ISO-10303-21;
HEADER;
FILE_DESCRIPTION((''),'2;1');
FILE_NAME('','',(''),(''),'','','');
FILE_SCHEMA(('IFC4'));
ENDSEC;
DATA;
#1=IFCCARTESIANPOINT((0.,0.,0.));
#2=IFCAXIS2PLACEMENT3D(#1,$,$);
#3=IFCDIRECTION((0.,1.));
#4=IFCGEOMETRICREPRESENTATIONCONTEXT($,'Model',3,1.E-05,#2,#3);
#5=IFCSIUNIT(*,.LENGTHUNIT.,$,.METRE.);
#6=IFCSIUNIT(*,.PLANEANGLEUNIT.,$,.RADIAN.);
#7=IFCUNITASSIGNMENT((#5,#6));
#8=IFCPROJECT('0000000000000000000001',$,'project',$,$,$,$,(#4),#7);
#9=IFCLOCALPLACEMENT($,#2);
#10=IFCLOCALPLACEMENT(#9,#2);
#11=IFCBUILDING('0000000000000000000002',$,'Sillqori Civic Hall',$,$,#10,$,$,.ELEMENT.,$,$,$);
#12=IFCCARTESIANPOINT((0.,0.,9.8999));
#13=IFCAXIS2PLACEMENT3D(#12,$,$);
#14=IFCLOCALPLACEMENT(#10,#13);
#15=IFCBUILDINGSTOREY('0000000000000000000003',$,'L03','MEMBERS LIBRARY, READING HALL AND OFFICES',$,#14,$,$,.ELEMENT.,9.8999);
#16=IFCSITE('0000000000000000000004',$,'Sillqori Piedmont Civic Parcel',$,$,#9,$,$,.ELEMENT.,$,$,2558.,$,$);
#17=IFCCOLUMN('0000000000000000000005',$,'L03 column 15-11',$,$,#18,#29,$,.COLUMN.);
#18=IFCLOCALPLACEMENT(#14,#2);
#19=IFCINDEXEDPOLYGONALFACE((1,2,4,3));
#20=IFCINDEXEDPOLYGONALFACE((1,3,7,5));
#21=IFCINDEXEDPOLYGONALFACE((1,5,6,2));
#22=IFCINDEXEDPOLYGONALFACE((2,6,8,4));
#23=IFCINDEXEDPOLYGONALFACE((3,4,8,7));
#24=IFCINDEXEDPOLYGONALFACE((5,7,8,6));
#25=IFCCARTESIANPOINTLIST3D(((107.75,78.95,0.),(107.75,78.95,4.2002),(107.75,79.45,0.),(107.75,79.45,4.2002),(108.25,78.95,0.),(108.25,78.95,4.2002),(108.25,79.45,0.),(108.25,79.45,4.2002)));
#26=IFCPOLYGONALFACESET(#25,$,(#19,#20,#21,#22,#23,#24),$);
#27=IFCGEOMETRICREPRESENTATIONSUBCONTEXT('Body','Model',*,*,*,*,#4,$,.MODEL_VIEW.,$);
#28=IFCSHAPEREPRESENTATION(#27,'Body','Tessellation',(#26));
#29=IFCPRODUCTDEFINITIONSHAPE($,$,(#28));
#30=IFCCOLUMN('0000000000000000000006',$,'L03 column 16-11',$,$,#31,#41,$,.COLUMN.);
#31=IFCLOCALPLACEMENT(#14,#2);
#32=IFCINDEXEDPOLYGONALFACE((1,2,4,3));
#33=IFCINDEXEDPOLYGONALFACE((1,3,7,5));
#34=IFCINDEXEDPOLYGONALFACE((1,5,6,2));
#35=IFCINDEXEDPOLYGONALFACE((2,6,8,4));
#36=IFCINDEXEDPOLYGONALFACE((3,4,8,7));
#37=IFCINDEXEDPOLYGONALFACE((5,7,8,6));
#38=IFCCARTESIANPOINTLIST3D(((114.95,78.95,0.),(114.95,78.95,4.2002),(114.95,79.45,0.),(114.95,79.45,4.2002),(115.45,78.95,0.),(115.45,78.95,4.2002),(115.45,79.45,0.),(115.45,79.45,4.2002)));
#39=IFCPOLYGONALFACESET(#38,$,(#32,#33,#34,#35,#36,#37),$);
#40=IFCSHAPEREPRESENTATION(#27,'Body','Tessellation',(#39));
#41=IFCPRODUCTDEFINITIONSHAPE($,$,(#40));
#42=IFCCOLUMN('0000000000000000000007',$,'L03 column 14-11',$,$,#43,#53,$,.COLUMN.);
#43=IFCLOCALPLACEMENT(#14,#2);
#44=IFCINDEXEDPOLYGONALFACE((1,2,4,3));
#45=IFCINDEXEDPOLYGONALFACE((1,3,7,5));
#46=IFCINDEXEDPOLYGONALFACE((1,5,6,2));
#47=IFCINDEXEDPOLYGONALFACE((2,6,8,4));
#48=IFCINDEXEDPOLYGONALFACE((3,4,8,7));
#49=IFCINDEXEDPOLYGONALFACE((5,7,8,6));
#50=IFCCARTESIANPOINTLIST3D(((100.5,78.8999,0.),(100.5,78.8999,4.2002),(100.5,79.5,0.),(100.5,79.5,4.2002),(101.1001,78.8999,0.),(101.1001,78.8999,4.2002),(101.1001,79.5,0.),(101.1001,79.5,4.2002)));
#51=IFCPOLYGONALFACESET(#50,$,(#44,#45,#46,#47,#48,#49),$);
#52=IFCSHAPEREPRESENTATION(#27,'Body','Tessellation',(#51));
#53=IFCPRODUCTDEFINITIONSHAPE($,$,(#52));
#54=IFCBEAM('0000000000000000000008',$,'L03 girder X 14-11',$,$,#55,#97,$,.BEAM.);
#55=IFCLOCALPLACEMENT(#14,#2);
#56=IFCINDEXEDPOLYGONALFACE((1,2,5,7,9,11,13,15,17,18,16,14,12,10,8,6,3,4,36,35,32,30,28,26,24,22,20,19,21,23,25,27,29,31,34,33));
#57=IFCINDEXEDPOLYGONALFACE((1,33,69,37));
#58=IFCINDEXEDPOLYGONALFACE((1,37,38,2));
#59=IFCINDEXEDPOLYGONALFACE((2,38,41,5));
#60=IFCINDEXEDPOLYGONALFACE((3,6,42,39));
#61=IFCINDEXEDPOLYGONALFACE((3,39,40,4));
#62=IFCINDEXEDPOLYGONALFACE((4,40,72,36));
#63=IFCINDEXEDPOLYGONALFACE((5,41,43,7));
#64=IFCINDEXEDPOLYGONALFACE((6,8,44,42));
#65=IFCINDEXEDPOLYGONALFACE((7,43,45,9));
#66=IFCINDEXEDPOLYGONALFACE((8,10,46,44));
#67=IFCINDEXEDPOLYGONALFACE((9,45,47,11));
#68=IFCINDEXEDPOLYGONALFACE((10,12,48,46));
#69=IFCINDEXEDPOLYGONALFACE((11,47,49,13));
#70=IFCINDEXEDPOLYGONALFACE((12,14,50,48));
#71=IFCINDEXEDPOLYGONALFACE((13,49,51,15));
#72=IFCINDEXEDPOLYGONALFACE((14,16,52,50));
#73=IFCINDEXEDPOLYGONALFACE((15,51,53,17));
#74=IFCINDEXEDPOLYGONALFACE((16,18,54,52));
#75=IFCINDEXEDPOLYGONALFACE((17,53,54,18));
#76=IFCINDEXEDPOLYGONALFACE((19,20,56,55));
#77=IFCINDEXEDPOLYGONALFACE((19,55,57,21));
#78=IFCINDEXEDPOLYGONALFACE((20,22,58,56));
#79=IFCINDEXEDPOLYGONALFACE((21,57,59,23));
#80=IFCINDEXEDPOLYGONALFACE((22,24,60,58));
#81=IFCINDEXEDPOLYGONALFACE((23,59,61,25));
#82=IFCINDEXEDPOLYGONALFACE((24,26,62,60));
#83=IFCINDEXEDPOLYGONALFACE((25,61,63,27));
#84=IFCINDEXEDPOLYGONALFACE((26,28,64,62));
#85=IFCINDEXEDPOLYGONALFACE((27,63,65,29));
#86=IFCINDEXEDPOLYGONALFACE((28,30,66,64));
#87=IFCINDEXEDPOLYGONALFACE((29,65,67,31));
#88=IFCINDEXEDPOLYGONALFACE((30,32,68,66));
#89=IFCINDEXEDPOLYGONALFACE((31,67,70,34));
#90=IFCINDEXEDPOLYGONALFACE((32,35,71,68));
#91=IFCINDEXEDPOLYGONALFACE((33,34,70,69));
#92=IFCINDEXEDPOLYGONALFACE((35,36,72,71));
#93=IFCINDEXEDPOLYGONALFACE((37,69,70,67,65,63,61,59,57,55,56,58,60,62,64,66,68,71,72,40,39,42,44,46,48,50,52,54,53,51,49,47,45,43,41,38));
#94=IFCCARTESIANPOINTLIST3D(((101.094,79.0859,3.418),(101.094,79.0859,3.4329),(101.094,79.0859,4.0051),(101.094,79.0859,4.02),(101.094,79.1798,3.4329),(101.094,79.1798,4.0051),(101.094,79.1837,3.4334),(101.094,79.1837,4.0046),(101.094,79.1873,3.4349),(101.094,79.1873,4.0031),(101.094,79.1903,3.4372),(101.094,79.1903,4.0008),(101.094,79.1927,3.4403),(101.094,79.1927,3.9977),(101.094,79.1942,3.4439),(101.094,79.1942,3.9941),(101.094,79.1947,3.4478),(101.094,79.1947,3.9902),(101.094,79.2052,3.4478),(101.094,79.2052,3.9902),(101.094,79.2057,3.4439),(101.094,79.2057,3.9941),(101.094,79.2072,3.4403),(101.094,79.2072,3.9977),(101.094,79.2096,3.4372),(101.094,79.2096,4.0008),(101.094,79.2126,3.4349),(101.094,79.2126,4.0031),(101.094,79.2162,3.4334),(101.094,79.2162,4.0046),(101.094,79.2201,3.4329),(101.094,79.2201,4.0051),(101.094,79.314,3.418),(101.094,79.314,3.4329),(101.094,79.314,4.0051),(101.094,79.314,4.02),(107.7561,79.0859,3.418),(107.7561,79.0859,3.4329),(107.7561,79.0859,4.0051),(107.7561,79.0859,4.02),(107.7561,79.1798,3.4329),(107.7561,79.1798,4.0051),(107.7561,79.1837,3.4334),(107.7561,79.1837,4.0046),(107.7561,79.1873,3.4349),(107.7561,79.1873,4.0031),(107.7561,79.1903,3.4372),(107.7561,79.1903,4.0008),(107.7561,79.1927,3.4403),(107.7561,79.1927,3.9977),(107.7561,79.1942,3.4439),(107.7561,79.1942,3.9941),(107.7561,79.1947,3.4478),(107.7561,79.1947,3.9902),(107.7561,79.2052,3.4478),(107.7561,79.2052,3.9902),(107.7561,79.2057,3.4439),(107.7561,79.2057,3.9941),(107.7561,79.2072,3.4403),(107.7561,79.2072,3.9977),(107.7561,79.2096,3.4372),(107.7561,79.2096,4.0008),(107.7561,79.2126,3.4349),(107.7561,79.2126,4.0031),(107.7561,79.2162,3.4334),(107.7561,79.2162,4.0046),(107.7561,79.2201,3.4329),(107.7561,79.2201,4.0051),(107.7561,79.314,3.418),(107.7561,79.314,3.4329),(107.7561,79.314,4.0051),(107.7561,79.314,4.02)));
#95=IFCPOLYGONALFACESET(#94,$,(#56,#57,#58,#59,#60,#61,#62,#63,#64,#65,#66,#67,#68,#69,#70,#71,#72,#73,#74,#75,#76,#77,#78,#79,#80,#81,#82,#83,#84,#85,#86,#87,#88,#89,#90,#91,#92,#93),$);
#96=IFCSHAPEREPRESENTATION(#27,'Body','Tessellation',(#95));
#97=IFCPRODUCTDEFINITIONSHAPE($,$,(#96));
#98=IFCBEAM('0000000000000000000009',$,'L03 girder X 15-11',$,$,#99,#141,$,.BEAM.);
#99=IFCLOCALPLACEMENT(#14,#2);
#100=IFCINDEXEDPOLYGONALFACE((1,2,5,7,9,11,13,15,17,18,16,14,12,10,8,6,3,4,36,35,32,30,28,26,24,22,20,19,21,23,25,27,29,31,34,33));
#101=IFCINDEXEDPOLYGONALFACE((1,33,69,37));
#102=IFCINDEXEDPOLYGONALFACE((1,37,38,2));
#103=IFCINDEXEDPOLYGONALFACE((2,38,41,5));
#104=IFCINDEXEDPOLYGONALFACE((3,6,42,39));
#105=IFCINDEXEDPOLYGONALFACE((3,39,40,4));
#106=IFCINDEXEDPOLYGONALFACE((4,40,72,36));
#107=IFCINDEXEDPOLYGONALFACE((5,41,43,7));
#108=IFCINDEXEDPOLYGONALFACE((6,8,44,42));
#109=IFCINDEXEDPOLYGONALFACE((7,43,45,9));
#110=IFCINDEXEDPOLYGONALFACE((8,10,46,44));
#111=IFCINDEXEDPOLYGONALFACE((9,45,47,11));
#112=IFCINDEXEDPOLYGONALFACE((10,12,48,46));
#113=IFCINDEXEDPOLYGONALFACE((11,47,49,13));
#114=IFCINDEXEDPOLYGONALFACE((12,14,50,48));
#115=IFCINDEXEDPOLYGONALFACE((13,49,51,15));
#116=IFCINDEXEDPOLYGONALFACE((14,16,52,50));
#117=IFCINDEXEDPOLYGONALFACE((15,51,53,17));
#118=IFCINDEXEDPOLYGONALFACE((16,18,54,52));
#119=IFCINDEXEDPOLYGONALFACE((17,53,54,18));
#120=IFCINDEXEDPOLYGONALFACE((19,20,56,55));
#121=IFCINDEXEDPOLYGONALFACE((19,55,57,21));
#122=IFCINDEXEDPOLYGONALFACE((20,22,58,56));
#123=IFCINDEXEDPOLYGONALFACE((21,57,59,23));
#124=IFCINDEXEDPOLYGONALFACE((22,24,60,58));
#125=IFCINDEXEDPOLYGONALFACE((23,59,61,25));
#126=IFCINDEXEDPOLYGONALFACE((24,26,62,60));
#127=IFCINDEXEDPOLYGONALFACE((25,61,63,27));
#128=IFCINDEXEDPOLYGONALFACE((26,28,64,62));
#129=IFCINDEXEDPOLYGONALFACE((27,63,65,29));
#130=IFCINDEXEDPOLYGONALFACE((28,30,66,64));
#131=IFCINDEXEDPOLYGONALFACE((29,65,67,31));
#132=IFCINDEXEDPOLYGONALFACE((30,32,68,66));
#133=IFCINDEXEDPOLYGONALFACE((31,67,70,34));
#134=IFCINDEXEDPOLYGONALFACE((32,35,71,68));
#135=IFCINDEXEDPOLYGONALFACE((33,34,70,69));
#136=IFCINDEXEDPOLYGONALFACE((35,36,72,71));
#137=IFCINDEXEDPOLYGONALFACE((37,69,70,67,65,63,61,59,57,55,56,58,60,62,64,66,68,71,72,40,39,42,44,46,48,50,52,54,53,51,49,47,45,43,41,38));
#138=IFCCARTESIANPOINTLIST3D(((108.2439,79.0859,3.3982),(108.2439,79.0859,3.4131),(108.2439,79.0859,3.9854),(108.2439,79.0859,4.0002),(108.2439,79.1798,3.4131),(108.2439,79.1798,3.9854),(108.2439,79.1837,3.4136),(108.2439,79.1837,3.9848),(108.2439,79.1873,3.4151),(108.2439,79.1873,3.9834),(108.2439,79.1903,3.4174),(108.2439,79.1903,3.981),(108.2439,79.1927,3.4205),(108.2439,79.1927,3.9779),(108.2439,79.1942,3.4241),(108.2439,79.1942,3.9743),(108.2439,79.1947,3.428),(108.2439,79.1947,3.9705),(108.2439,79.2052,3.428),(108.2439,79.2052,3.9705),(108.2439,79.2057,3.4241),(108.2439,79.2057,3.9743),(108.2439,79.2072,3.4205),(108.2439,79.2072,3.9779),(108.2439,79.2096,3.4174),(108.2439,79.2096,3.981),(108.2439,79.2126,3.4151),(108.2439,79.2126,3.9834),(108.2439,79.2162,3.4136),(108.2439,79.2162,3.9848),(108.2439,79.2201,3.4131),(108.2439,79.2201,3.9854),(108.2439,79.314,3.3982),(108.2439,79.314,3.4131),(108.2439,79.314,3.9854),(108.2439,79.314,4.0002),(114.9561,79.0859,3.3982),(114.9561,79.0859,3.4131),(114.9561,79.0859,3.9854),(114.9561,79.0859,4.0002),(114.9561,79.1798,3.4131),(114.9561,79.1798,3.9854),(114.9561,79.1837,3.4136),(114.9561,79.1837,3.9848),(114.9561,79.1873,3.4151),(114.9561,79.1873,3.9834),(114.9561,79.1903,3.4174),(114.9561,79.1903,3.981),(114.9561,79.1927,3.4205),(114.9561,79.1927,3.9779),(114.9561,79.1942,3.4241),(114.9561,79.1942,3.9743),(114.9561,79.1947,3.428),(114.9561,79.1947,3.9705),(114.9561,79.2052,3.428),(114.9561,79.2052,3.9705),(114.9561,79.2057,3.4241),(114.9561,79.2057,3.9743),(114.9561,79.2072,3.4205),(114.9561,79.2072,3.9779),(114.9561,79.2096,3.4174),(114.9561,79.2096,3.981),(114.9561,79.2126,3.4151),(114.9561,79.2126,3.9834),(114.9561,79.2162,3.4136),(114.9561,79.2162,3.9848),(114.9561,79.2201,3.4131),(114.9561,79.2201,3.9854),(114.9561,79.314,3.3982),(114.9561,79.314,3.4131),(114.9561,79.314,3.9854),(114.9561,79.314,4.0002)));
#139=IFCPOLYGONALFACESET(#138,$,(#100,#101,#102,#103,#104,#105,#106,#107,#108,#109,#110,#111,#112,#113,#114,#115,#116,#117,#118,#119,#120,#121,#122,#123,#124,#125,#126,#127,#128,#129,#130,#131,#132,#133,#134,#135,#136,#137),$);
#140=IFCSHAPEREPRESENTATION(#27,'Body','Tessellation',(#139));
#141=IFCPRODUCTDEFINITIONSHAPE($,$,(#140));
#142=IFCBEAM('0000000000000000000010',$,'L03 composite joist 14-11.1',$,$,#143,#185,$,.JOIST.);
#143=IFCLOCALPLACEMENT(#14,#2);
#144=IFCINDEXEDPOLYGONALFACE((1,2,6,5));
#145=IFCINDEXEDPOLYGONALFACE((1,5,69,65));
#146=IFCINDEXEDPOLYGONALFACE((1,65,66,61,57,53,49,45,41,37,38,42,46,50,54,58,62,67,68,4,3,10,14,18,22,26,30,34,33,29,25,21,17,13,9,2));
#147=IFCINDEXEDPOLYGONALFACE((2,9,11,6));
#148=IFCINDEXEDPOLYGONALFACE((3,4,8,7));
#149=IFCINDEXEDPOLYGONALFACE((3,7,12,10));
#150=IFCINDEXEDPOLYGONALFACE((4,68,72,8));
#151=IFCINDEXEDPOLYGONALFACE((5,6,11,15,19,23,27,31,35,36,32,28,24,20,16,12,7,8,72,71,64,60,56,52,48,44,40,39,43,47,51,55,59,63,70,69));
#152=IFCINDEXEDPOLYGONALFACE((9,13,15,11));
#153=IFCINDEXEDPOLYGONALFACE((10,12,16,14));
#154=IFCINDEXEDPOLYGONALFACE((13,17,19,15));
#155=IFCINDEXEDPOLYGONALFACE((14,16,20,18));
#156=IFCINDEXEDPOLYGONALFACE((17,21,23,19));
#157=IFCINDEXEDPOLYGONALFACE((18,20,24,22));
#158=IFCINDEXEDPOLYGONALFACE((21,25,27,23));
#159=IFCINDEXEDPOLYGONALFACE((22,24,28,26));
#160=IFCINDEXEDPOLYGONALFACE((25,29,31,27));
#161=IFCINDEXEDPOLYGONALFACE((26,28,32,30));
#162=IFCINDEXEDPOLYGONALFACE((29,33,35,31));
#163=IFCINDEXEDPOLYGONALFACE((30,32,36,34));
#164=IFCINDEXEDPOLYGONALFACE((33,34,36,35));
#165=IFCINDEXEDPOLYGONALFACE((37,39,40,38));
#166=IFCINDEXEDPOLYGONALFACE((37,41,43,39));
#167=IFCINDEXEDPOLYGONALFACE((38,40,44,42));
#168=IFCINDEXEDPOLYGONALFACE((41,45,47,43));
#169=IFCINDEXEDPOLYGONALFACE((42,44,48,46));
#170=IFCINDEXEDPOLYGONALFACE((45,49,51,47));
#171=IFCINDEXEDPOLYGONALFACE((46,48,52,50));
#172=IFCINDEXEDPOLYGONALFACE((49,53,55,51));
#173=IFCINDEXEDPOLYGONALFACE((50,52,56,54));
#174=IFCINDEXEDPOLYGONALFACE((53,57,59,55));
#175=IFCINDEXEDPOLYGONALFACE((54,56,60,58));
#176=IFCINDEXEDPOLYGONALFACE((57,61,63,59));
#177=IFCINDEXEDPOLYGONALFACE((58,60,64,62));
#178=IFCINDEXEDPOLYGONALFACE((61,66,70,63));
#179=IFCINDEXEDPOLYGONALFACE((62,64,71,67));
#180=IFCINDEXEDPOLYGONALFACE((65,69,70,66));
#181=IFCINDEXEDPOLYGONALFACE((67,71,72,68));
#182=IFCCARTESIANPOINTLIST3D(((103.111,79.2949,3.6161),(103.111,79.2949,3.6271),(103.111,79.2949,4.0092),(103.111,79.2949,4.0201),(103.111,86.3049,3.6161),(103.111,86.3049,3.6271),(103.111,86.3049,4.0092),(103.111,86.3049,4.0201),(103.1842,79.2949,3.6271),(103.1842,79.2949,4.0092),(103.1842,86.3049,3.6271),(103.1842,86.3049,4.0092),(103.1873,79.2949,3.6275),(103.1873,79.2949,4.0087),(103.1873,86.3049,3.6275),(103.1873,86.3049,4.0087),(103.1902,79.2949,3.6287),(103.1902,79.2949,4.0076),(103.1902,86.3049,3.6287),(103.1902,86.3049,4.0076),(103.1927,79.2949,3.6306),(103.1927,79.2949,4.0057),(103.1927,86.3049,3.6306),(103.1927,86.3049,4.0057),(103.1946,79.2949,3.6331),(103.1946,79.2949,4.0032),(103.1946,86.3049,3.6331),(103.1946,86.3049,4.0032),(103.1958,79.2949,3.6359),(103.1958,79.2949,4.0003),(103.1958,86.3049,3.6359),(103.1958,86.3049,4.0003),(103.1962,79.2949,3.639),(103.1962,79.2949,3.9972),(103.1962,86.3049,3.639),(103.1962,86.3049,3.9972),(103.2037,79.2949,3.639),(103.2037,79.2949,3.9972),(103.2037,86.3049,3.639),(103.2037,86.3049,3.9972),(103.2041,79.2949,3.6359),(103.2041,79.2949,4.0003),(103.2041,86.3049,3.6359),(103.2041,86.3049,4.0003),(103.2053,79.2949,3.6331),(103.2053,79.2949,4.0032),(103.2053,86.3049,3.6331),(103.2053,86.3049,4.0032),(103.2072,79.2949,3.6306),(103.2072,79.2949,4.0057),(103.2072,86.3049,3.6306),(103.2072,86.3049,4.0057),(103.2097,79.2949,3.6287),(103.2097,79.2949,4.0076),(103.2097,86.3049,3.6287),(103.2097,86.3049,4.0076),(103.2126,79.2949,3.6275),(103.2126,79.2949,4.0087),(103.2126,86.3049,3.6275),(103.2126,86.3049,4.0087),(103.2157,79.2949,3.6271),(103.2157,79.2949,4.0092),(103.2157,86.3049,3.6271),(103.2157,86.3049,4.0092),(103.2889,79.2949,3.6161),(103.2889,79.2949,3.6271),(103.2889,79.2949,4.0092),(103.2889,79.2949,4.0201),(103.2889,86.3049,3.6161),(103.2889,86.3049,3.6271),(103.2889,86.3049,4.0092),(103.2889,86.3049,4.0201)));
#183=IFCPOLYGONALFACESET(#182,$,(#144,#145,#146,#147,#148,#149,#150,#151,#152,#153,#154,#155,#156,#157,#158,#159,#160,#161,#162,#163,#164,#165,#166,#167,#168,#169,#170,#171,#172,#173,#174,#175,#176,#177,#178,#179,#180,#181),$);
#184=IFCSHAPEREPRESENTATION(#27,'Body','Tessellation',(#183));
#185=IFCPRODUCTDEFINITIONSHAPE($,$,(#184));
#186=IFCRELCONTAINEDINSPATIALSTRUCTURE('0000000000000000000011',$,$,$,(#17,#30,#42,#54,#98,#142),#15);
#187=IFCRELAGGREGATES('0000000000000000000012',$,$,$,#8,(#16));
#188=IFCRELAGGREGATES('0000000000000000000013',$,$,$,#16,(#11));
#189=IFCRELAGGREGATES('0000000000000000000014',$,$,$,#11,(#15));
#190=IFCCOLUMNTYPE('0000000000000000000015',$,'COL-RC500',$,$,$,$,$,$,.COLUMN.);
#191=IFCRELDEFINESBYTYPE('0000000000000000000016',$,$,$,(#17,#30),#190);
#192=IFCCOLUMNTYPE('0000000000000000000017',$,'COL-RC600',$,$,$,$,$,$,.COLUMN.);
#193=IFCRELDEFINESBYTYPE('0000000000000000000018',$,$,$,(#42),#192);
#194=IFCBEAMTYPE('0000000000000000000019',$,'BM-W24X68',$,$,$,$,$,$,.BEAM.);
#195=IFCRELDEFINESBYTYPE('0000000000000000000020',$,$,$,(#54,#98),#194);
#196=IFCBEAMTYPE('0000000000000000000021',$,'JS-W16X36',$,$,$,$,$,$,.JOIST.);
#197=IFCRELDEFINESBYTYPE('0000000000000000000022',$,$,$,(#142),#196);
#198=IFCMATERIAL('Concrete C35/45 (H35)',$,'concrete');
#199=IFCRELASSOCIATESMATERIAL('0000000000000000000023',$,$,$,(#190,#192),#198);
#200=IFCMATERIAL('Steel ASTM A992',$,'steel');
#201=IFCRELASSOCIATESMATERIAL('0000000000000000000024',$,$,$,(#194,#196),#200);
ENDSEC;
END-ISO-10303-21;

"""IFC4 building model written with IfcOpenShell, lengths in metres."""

from ifc_helpers import new_model, si_unit, direction, frame, origin, origin_2d, place, context, subcontext, project, spatial, rectangle, i_section, extrude, material, material_profile, profile_set, type_object, element, save


model = new_model("IFC4")

# Units and contexts
model_context = context("Model", 3, precision=1e-05, world=origin(), true_north=direction((0.0, 1.0)))
body_context = subcontext(model_context, "Body", "Model", "MODEL_VIEW")
ifc_project = project(units=[si_unit("LENGTHUNIT", "METRE"), si_unit("PLANEANGLEUNIT", "RADIAN")], contexts=[model_context])

# Site, building, storey
site_placement = place(None, origin())
site = spatial("IfcSite", under=ifc_project, at=site_placement, Name="Sillqori Piedmont Civic Parcel", CompositionType="ELEMENT", RefElevation=2558.0)
building_placement = place(site_placement, origin())
building = spatial("IfcBuilding", under=site, at=building_placement, Name="Sillqori Civic Hall", CompositionType="ELEMENT")
storey_placement = place(building_placement, frame((0.0, 0.0, 9.8999)))
storey = spatial("IfcBuildingStorey", under=building, at=storey_placement, Name="L03", Description="MEMBERS LIBRARY, READING HALL AND OFFICES", CompositionType="ELEMENT", Elevation=9.8999)

# Columns
ifc_material_1 = material(Name="Concrete C35/45 (H35)", Category="concrete")
ifc_material_profile_1 = material_profile(ifc_material_1, rectangle(XDim=0.5, YDim=0.5, at=origin_2d()), Name="RC 500x500")
ifc_profile_set_1 = profile_set([ifc_material_profile_1], Name="Concrete C35/45 (H35)")
column_type_1 = type_object("IfcColumnType", Name="COL-RC500", PredefinedType="COLUMN", material=ifc_profile_set_1)
for number, where, z_axis, x_axis, name in (
    (1, (108.0, 79.2, 0.0), (0.0, 0.0, 1.0), (1.0, 0.0, 0.0), "L03 column 15-11"),
    (2, (115.2, 79.2, 0.0), (0.0, 0.0, 1.0), (1.0, 0.0, 0.0), "L03 column 16-11"),
):
    element("IfcColumn", number, at=place(storey_placement, frame(where, z_axis=z_axis, x_axis=x_axis)), inside=storey, type_object=column_type_1, Name=name, PredefinedType="COLUMN", context=body_context, shape_type="SweptSolid", body=[
        extrude(rectangle(XDim=0.5, YDim=0.5, at=origin_2d()), origin(), (0.0, 0.0, 1.0), 4.2002),
    ])
ifc_material_profile_2 = material_profile(ifc_material_1, rectangle(XDim=0.6001, YDim=0.6001, at=origin_2d()), Name="RC 600x600")
ifc_profile_set_2 = profile_set([ifc_material_profile_2], Name="Concrete C35/45 (H35)")
column_type_2 = type_object("IfcColumnType", Name="COL-RC600", PredefinedType="COLUMN", material=ifc_profile_set_2)
column_placement = place(storey_placement, frame((100.8, 79.2, 0.0), z_axis=(0.0, 0.0, 1.0), x_axis=(1.0, 0.0, 0.0)))
element("IfcColumn", 3, at=column_placement, inside=storey, type_object=column_type_2, Name="L03 column 14-11", PredefinedType="COLUMN", context=body_context, shape_type="SweptSolid", body=[
    extrude(rectangle(XDim=0.6001, YDim=0.6001, at=origin_2d()), origin(), (0.0, 0.0, 1.0), 4.2002),
])

# Beams
ifc_material_2 = material(Name="Steel ASTM A992", Category="steel")
ifc_material_profile_3 = material_profile(ifc_material_2, i_section(OverallWidth=0.228, OverallDepth=0.6021, WebThickness=0.0105, FlangeThickness=0.0149, FilletRadius=0.0149, at=origin_2d()), Name="W24X68")
ifc_profile_set_3 = profile_set([ifc_material_profile_3], Name="Steel ASTM A992")
beam_type_1 = type_object("IfcBeamType", Name="BM-W24X68", PredefinedType="BEAM", material=ifc_profile_set_3)
beam_1_placement = place(storey_placement, frame((101.094, 79.2, 3.719), z_axis=(1.0, 0.0, 0.0), x_axis=(0.0, 1.0, 0.0)))
element("IfcBeam", 4, at=beam_1_placement, inside=storey, type_object=beam_type_1, Name="L03 girder X 14-11", PredefinedType="BEAM", context=body_context, shape_type="SweptSolid", body=[
    extrude(i_section(OverallWidth=0.228, OverallDepth=0.6021, WebThickness=0.0105, FlangeThickness=0.0149, FilletRadius=0.0149, at=origin_2d()), origin(), (0.0, 0.0, 1.0), 6.6621),
])
beam_2_placement = place(storey_placement, frame((108.2439, 79.2, 3.6992), z_axis=(1.0, 0.0, 0.0), x_axis=(0.0, 1.0, 0.0)))
element("IfcBeam", 5, at=beam_2_placement, inside=storey, type_object=beam_type_1, Name="L03 girder X 15-11", PredefinedType="BEAM", context=body_context, shape_type="SweptSolid", body=[
    extrude(i_section(OverallWidth=0.228, OverallDepth=0.6021, WebThickness=0.0105, FlangeThickness=0.0149, FilletRadius=0.0149, at=origin_2d()), origin(), (0.0, 0.0, 1.0), 6.7122),
])

# Beam
ifc_material_profile_4 = material_profile(ifc_material_2, i_section(OverallWidth=0.178, OverallDepth=0.4041, WebThickness=0.0076, FlangeThickness=0.011, FilletRadius=0.012, at=origin_2d()), Name="W16X36")
ifc_profile_set_4 = profile_set([ifc_material_profile_4], Name="Steel ASTM A992")
beam_type_2 = type_object("IfcBeamType", Name="JS-W16X36", PredefinedType="JOIST", material=ifc_profile_set_4)
for number, where, z_axis, x_axis, name in (
    (6, (103.2, 79.2949, 3.8181), (0.0, 1.0, 0.0), (-1.0, 0.0, 0.0), "L03 composite joist 14-11.1"),
):
    element("IfcBeam", number, at=place(storey_placement, frame(where, z_axis=z_axis, x_axis=x_axis)), inside=storey, type_object=beam_type_2, Name=name, PredefinedType="JOIST", context=body_context, shape_type="SweptSolid", body=[
        extrude(i_section(OverallWidth=0.178, OverallDepth=0.4041, WebThickness=0.0076, FlangeThickness=0.011, FilletRadius=0.012, at=origin_2d()), origin(), (0.0, 0.0, 1.0), 7.01),
    ])

save(model, "model.ifc")
